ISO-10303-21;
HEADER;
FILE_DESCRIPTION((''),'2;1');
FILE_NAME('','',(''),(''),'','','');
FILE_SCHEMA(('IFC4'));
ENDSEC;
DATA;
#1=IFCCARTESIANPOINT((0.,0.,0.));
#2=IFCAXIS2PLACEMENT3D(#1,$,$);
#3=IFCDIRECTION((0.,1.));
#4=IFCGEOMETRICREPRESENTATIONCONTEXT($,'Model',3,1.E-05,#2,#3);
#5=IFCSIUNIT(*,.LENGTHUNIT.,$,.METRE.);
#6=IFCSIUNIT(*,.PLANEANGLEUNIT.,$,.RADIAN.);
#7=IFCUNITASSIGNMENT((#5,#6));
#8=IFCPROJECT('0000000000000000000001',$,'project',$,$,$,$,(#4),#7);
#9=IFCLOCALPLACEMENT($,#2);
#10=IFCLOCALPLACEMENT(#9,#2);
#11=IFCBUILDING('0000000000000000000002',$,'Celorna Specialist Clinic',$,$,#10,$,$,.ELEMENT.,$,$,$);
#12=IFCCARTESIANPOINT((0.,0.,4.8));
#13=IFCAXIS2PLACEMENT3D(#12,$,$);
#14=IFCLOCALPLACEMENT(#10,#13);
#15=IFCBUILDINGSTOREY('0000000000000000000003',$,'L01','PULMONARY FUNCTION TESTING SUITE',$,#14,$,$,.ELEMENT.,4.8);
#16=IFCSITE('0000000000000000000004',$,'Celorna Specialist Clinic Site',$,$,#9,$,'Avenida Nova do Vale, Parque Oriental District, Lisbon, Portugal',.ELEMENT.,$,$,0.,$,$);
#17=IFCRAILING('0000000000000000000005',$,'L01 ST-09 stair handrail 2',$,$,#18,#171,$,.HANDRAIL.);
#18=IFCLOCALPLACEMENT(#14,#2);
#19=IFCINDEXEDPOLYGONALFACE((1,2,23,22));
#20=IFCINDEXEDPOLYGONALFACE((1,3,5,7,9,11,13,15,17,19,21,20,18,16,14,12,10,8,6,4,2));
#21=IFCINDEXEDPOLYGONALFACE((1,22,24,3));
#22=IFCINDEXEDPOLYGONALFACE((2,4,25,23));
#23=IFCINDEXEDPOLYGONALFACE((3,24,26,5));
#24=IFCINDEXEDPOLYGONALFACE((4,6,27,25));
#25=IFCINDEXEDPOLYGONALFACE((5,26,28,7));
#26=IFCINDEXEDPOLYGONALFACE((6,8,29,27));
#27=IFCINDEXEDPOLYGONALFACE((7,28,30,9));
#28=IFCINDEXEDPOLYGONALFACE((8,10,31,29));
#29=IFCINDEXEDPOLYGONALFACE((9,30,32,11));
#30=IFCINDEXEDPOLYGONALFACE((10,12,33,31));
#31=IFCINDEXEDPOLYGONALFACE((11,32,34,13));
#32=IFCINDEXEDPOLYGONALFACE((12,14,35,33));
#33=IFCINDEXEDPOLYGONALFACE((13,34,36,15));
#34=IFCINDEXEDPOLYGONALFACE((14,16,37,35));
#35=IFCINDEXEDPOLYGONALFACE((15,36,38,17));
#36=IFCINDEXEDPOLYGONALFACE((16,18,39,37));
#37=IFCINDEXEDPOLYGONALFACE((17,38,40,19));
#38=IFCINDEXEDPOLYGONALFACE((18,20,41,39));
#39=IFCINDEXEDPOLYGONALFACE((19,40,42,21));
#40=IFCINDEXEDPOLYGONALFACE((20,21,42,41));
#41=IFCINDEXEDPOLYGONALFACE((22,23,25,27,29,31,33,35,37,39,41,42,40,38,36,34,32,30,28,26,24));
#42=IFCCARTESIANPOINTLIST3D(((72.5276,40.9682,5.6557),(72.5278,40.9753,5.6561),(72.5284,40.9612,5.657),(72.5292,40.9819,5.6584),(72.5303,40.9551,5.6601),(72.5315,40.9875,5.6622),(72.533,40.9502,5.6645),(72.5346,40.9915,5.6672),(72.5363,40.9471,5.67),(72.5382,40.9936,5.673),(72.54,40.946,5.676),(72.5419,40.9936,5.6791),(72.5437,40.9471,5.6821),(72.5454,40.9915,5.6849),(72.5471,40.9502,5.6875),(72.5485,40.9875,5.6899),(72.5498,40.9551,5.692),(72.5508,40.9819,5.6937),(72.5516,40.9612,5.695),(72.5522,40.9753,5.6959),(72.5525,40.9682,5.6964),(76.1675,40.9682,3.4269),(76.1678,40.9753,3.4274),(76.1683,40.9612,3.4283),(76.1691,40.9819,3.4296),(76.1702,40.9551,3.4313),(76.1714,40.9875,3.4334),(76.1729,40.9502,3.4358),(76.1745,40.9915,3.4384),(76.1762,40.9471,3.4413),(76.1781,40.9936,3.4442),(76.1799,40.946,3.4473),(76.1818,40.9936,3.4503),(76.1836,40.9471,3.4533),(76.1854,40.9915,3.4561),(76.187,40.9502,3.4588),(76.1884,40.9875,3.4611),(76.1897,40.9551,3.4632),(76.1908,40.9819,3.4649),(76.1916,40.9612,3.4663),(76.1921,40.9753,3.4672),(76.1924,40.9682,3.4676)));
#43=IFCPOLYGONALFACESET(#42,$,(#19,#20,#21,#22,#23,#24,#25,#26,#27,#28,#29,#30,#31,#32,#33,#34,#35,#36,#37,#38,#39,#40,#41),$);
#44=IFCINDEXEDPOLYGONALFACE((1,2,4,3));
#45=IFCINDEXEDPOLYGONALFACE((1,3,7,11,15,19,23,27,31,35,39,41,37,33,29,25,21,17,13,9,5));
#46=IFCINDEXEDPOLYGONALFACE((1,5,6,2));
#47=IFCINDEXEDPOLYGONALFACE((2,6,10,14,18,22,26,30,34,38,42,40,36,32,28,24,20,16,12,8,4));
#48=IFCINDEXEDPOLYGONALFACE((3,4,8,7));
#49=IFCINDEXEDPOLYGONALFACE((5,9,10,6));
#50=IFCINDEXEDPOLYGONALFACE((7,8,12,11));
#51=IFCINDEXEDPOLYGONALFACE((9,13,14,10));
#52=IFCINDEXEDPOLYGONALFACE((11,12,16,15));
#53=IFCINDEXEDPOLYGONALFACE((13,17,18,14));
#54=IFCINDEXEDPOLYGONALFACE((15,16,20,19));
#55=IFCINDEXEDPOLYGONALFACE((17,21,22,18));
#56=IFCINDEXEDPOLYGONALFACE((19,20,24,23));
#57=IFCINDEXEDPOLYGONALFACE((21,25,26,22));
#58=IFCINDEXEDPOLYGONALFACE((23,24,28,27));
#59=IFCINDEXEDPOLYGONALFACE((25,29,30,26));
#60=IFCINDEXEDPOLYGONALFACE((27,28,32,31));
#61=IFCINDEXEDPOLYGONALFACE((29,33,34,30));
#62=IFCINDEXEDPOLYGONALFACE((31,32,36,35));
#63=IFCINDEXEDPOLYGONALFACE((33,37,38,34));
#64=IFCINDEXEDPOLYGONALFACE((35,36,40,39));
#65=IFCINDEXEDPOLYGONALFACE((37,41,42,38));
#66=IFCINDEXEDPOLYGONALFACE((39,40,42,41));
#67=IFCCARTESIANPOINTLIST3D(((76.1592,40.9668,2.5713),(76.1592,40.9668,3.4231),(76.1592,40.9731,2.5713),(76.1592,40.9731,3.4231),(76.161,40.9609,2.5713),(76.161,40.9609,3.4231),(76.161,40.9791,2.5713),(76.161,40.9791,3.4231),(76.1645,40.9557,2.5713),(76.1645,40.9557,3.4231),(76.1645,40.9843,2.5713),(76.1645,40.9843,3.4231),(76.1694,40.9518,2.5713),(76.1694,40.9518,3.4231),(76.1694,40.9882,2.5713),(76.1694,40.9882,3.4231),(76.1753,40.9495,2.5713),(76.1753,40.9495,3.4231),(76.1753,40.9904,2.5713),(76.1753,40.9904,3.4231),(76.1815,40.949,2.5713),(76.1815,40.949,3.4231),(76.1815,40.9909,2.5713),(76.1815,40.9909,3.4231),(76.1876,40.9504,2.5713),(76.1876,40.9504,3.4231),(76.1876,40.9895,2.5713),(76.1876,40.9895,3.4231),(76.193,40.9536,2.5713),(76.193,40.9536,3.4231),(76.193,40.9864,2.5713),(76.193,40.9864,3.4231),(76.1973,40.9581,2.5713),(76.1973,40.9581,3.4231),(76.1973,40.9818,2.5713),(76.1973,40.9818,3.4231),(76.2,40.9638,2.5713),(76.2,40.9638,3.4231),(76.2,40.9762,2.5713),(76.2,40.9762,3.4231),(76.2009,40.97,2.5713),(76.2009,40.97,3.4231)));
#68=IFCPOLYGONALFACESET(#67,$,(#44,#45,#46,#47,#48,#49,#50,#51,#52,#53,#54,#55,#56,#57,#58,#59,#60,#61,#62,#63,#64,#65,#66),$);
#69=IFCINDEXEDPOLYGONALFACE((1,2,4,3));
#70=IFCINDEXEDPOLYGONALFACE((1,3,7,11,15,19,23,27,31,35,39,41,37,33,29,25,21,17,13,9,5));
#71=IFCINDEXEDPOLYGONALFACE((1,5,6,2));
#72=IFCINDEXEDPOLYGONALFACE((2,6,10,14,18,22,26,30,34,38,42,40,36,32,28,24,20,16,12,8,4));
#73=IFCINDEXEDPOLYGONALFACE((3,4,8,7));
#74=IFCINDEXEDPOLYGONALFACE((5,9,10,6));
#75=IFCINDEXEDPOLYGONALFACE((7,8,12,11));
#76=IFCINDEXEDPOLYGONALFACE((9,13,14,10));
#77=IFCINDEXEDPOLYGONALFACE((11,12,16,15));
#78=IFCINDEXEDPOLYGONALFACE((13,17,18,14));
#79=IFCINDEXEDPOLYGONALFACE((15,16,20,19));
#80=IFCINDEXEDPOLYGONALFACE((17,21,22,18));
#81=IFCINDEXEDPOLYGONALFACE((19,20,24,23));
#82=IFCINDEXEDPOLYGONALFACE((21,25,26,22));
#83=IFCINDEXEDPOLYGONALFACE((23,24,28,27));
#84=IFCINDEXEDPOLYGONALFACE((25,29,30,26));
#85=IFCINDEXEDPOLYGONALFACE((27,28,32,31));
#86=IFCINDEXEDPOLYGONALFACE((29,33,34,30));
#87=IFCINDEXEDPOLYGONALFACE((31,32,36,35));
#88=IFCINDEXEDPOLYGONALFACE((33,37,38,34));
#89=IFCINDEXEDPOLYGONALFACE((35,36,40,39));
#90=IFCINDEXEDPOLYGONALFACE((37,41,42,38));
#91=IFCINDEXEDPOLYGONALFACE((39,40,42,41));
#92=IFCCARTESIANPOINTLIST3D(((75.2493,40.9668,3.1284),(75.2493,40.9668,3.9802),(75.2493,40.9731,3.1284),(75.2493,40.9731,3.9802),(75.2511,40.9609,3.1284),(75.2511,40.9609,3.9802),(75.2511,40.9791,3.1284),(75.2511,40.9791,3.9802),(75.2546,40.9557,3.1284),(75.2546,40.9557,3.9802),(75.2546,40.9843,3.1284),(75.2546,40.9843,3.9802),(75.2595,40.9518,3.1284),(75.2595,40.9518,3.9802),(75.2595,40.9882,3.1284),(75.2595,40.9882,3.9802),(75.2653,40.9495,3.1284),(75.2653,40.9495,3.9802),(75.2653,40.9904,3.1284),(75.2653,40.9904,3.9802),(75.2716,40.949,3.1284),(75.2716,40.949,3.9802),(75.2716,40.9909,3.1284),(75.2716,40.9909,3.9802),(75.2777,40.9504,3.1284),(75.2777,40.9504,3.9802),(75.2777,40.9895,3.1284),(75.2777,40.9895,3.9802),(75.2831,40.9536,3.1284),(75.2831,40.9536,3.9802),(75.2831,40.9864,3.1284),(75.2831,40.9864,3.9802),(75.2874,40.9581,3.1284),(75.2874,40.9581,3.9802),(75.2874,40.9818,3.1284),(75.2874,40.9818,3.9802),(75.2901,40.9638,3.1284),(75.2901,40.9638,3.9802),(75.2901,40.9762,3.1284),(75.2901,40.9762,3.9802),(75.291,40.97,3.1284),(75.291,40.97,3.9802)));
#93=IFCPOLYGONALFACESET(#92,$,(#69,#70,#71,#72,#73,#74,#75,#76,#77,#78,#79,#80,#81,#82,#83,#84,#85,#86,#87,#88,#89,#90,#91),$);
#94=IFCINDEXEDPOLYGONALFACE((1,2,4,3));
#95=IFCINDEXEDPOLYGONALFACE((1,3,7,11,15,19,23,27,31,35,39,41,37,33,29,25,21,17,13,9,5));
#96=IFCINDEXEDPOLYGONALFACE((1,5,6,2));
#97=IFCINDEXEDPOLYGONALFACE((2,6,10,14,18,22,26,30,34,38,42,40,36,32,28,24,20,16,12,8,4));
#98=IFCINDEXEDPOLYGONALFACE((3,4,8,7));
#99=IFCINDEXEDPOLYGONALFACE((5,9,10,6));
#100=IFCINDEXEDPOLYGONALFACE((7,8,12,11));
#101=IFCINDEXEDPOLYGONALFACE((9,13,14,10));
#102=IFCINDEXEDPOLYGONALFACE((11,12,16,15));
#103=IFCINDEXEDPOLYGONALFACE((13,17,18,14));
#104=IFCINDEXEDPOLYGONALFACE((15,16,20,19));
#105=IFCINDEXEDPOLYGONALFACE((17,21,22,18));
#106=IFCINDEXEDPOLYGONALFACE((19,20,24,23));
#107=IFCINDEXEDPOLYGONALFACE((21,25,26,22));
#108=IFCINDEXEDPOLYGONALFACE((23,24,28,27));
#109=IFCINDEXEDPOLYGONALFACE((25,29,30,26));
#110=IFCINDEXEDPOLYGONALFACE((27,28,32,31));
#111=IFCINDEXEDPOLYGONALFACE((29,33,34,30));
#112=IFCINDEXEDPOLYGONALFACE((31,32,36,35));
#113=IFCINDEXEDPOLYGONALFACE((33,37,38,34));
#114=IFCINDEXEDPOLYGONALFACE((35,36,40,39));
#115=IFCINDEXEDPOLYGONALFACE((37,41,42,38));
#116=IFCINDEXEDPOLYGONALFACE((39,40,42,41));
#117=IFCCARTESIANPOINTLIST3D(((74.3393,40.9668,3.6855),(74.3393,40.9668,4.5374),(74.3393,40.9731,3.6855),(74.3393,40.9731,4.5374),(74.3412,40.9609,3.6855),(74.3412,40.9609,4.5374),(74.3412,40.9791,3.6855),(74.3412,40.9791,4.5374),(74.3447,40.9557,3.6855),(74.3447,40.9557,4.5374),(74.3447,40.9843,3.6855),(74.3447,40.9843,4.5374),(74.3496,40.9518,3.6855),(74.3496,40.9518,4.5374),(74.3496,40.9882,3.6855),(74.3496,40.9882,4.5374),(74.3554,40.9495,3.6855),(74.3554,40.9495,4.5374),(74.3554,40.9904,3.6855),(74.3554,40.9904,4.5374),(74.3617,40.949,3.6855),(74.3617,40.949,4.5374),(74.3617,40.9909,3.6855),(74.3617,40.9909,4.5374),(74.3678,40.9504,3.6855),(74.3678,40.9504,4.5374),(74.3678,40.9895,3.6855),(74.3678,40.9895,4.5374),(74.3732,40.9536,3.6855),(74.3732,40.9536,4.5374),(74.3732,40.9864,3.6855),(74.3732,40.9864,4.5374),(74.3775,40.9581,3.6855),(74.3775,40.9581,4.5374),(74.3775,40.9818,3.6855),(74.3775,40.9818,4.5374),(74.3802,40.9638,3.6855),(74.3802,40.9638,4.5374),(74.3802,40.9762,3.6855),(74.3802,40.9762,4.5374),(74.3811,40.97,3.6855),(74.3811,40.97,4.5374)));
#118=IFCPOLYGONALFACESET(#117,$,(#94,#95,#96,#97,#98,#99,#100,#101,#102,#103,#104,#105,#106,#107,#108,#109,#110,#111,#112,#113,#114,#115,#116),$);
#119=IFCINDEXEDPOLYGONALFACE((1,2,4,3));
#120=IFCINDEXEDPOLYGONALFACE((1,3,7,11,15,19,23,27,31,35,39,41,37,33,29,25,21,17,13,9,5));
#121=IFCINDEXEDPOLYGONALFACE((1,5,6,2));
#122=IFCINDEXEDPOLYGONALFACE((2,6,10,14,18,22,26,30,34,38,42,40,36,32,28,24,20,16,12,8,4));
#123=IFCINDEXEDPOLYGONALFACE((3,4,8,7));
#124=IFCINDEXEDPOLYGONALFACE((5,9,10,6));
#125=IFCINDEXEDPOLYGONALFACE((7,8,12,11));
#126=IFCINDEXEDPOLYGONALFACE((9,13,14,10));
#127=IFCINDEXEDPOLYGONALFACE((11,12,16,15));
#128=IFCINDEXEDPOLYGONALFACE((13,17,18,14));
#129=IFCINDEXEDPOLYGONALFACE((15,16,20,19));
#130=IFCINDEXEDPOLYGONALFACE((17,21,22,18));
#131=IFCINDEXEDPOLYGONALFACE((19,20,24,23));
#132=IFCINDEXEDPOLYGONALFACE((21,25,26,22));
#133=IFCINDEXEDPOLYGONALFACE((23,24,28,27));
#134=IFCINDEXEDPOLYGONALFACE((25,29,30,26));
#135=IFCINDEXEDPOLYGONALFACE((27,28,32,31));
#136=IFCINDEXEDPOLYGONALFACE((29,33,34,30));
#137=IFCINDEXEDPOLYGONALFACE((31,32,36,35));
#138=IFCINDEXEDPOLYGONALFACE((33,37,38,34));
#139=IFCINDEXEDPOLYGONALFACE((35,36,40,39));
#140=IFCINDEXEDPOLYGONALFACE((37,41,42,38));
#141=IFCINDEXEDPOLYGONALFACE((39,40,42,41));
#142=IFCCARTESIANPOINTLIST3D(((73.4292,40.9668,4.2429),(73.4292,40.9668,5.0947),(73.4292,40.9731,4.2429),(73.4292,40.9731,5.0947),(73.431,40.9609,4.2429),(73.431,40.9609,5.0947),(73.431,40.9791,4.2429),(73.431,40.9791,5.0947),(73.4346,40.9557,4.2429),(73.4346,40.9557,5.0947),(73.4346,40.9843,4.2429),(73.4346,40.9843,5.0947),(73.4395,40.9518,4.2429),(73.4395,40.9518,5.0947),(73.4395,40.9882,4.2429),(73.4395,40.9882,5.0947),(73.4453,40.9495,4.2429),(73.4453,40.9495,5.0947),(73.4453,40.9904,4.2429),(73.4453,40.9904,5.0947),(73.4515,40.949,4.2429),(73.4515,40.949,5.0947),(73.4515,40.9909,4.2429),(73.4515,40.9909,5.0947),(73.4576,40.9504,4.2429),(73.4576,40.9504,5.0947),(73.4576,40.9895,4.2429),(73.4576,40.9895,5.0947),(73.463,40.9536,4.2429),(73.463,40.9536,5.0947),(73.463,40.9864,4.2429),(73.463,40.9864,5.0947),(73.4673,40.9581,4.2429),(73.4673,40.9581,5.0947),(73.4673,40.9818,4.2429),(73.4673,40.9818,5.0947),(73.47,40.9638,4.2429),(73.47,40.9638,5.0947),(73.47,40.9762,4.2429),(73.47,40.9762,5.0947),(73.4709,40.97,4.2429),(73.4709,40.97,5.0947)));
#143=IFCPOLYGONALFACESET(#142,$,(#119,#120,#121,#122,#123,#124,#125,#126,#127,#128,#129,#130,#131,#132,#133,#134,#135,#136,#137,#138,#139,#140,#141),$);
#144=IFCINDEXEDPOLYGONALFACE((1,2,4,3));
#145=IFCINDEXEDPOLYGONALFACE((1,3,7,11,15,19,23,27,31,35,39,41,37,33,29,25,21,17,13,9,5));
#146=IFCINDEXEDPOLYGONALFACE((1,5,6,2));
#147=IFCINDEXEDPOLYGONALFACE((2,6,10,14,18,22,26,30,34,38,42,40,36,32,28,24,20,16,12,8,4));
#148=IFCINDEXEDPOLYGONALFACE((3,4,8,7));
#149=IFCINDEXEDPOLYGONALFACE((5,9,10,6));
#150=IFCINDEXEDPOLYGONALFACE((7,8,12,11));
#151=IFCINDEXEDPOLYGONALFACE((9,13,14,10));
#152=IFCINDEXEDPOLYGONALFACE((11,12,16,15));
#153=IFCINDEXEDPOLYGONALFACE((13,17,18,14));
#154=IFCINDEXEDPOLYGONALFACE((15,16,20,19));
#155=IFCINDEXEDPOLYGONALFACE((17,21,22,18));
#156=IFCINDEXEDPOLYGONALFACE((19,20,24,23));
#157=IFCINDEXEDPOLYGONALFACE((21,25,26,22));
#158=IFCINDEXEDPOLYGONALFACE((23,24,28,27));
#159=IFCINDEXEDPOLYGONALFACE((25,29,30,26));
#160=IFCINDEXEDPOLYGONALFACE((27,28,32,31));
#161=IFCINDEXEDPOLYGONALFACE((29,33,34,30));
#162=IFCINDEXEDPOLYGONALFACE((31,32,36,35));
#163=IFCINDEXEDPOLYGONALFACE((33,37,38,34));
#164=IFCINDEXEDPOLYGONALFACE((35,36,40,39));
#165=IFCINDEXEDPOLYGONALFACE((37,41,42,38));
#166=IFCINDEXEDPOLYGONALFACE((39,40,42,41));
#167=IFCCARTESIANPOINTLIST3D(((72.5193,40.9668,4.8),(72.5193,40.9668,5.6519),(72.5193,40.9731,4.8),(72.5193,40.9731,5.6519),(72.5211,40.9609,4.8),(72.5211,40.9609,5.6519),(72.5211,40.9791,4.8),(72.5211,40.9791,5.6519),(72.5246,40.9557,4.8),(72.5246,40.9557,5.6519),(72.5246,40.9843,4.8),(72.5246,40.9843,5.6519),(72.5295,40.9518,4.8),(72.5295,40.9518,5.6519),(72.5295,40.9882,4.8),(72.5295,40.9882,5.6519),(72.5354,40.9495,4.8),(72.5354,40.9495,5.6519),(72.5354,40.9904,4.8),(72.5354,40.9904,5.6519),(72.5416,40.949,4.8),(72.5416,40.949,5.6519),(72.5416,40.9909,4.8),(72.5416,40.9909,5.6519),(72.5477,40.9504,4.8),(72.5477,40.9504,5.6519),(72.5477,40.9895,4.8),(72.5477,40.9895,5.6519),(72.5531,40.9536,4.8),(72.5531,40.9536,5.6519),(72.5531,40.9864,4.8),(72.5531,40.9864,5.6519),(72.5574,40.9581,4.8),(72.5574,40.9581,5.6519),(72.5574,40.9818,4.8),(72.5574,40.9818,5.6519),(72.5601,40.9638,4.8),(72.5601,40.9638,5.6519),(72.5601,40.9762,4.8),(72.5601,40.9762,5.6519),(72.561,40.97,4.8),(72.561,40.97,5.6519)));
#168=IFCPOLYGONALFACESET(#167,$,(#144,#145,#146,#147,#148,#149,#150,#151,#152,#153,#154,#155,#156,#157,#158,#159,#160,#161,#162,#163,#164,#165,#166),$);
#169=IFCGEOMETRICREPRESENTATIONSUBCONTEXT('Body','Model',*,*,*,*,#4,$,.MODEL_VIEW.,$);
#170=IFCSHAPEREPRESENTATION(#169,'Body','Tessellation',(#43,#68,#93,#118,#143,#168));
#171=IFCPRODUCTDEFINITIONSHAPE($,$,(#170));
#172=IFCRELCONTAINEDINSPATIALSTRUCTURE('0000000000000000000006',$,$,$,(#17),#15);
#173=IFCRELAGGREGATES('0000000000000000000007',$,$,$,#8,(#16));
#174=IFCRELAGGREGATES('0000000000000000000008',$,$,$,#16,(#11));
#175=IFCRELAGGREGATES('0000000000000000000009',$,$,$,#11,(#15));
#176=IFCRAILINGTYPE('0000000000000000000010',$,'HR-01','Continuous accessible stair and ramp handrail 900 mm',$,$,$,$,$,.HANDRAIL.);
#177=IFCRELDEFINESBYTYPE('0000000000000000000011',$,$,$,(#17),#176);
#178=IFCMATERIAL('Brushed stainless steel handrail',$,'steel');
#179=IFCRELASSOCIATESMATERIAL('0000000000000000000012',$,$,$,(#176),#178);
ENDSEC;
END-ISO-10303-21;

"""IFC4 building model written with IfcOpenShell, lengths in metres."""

from ifc_helpers import new_model, si_unit, direction, frame, origin, origin_2d, place, context, subcontext, project, spatial, circle, extrude, material, type_object, element, save


model = new_model("IFC4")

# Units and contexts
model_context = context("Model", 3, precision=1e-05, world=origin(), true_north=direction((0.0, 1.0)))
body_context = subcontext(model_context, "Body", "Model", "MODEL_VIEW")
ifc_project = project(units=[si_unit("LENGTHUNIT", "METRE"), si_unit("PLANEANGLEUNIT", "RADIAN")], contexts=[model_context])

# Site, building, storey
site_placement = place(None, origin())
site = spatial("IfcSite", under=ifc_project, at=site_placement, Name="Celorna Specialist Clinic Site", LongName="Avenida Nova do Vale, Parque Oriental District, Lisbon, Portugal", CompositionType="ELEMENT", RefElevation=0.0)
building_placement = place(site_placement, origin())
building = spatial("IfcBuilding", under=site, at=building_placement, Name="Celorna Specialist Clinic", CompositionType="ELEMENT")
storey_placement = place(building_placement, frame((0.0, 0.0, 4.8)))
storey = spatial("IfcBuildingStorey", under=building, at=storey_placement, Name="L01", Description="PULMONARY FUNCTION TESTING SUITE", CompositionType="ELEMENT", Elevation=4.8)

# Railing
ifc_material_1 = material(Name="Brushed stainless steel handrail", Category="steel")
railing_type = type_object("IfcRailingType", Name="HR-01", Description="Continuous accessible stair and ramp handrail 900 mm", PredefinedType="HANDRAIL", material=ifc_material_1)
railing_placement = place(storey_placement, frame((76.1799, 40.97, 2.5713)))
element("IfcRailing", 1, at=railing_placement, inside=storey, type_object=railing_type, Name="L01 ST-09 stair handrail 2", PredefinedType="HANDRAIL", context=body_context, shape_type="SweptSolid", body=[
    extrude(circle(Radius=0.0239, at=origin_2d()), frame((0.0, 0.0, 0.876), z_axis=(-0.852825, 0.0, 0.522197), x_axis=(0.0, -1.0, 0.0)), (0.0, 0.0, 1.0), 4.2681),
    extrude(circle(Radius=0.021, at=origin_2d()), origin(), (0.0, 0.0, 1.0), 0.8518),
    extrude(circle(Radius=0.021, at=origin_2d()), frame((-0.9099, 0.0, 0.5571)), (0.0, 0.0, 1.0), 0.8518),
    extrude(circle(Radius=0.021, at=origin_2d()), frame((-1.8198, 0.0, 1.1143)), (0.0, 0.0, 1.0), 0.8518),
    extrude(circle(Radius=0.021, at=origin_2d()), frame((-2.73, 0.0, 1.6716)), (0.0, 0.0, 1.0), 0.8518),
    extrude(circle(Radius=0.021, at=origin_2d()), frame((-3.6399, 0.0, 2.2288)), (0.0, 0.0, 1.0), 0.8518),
])

save(model, "model.ifc")
